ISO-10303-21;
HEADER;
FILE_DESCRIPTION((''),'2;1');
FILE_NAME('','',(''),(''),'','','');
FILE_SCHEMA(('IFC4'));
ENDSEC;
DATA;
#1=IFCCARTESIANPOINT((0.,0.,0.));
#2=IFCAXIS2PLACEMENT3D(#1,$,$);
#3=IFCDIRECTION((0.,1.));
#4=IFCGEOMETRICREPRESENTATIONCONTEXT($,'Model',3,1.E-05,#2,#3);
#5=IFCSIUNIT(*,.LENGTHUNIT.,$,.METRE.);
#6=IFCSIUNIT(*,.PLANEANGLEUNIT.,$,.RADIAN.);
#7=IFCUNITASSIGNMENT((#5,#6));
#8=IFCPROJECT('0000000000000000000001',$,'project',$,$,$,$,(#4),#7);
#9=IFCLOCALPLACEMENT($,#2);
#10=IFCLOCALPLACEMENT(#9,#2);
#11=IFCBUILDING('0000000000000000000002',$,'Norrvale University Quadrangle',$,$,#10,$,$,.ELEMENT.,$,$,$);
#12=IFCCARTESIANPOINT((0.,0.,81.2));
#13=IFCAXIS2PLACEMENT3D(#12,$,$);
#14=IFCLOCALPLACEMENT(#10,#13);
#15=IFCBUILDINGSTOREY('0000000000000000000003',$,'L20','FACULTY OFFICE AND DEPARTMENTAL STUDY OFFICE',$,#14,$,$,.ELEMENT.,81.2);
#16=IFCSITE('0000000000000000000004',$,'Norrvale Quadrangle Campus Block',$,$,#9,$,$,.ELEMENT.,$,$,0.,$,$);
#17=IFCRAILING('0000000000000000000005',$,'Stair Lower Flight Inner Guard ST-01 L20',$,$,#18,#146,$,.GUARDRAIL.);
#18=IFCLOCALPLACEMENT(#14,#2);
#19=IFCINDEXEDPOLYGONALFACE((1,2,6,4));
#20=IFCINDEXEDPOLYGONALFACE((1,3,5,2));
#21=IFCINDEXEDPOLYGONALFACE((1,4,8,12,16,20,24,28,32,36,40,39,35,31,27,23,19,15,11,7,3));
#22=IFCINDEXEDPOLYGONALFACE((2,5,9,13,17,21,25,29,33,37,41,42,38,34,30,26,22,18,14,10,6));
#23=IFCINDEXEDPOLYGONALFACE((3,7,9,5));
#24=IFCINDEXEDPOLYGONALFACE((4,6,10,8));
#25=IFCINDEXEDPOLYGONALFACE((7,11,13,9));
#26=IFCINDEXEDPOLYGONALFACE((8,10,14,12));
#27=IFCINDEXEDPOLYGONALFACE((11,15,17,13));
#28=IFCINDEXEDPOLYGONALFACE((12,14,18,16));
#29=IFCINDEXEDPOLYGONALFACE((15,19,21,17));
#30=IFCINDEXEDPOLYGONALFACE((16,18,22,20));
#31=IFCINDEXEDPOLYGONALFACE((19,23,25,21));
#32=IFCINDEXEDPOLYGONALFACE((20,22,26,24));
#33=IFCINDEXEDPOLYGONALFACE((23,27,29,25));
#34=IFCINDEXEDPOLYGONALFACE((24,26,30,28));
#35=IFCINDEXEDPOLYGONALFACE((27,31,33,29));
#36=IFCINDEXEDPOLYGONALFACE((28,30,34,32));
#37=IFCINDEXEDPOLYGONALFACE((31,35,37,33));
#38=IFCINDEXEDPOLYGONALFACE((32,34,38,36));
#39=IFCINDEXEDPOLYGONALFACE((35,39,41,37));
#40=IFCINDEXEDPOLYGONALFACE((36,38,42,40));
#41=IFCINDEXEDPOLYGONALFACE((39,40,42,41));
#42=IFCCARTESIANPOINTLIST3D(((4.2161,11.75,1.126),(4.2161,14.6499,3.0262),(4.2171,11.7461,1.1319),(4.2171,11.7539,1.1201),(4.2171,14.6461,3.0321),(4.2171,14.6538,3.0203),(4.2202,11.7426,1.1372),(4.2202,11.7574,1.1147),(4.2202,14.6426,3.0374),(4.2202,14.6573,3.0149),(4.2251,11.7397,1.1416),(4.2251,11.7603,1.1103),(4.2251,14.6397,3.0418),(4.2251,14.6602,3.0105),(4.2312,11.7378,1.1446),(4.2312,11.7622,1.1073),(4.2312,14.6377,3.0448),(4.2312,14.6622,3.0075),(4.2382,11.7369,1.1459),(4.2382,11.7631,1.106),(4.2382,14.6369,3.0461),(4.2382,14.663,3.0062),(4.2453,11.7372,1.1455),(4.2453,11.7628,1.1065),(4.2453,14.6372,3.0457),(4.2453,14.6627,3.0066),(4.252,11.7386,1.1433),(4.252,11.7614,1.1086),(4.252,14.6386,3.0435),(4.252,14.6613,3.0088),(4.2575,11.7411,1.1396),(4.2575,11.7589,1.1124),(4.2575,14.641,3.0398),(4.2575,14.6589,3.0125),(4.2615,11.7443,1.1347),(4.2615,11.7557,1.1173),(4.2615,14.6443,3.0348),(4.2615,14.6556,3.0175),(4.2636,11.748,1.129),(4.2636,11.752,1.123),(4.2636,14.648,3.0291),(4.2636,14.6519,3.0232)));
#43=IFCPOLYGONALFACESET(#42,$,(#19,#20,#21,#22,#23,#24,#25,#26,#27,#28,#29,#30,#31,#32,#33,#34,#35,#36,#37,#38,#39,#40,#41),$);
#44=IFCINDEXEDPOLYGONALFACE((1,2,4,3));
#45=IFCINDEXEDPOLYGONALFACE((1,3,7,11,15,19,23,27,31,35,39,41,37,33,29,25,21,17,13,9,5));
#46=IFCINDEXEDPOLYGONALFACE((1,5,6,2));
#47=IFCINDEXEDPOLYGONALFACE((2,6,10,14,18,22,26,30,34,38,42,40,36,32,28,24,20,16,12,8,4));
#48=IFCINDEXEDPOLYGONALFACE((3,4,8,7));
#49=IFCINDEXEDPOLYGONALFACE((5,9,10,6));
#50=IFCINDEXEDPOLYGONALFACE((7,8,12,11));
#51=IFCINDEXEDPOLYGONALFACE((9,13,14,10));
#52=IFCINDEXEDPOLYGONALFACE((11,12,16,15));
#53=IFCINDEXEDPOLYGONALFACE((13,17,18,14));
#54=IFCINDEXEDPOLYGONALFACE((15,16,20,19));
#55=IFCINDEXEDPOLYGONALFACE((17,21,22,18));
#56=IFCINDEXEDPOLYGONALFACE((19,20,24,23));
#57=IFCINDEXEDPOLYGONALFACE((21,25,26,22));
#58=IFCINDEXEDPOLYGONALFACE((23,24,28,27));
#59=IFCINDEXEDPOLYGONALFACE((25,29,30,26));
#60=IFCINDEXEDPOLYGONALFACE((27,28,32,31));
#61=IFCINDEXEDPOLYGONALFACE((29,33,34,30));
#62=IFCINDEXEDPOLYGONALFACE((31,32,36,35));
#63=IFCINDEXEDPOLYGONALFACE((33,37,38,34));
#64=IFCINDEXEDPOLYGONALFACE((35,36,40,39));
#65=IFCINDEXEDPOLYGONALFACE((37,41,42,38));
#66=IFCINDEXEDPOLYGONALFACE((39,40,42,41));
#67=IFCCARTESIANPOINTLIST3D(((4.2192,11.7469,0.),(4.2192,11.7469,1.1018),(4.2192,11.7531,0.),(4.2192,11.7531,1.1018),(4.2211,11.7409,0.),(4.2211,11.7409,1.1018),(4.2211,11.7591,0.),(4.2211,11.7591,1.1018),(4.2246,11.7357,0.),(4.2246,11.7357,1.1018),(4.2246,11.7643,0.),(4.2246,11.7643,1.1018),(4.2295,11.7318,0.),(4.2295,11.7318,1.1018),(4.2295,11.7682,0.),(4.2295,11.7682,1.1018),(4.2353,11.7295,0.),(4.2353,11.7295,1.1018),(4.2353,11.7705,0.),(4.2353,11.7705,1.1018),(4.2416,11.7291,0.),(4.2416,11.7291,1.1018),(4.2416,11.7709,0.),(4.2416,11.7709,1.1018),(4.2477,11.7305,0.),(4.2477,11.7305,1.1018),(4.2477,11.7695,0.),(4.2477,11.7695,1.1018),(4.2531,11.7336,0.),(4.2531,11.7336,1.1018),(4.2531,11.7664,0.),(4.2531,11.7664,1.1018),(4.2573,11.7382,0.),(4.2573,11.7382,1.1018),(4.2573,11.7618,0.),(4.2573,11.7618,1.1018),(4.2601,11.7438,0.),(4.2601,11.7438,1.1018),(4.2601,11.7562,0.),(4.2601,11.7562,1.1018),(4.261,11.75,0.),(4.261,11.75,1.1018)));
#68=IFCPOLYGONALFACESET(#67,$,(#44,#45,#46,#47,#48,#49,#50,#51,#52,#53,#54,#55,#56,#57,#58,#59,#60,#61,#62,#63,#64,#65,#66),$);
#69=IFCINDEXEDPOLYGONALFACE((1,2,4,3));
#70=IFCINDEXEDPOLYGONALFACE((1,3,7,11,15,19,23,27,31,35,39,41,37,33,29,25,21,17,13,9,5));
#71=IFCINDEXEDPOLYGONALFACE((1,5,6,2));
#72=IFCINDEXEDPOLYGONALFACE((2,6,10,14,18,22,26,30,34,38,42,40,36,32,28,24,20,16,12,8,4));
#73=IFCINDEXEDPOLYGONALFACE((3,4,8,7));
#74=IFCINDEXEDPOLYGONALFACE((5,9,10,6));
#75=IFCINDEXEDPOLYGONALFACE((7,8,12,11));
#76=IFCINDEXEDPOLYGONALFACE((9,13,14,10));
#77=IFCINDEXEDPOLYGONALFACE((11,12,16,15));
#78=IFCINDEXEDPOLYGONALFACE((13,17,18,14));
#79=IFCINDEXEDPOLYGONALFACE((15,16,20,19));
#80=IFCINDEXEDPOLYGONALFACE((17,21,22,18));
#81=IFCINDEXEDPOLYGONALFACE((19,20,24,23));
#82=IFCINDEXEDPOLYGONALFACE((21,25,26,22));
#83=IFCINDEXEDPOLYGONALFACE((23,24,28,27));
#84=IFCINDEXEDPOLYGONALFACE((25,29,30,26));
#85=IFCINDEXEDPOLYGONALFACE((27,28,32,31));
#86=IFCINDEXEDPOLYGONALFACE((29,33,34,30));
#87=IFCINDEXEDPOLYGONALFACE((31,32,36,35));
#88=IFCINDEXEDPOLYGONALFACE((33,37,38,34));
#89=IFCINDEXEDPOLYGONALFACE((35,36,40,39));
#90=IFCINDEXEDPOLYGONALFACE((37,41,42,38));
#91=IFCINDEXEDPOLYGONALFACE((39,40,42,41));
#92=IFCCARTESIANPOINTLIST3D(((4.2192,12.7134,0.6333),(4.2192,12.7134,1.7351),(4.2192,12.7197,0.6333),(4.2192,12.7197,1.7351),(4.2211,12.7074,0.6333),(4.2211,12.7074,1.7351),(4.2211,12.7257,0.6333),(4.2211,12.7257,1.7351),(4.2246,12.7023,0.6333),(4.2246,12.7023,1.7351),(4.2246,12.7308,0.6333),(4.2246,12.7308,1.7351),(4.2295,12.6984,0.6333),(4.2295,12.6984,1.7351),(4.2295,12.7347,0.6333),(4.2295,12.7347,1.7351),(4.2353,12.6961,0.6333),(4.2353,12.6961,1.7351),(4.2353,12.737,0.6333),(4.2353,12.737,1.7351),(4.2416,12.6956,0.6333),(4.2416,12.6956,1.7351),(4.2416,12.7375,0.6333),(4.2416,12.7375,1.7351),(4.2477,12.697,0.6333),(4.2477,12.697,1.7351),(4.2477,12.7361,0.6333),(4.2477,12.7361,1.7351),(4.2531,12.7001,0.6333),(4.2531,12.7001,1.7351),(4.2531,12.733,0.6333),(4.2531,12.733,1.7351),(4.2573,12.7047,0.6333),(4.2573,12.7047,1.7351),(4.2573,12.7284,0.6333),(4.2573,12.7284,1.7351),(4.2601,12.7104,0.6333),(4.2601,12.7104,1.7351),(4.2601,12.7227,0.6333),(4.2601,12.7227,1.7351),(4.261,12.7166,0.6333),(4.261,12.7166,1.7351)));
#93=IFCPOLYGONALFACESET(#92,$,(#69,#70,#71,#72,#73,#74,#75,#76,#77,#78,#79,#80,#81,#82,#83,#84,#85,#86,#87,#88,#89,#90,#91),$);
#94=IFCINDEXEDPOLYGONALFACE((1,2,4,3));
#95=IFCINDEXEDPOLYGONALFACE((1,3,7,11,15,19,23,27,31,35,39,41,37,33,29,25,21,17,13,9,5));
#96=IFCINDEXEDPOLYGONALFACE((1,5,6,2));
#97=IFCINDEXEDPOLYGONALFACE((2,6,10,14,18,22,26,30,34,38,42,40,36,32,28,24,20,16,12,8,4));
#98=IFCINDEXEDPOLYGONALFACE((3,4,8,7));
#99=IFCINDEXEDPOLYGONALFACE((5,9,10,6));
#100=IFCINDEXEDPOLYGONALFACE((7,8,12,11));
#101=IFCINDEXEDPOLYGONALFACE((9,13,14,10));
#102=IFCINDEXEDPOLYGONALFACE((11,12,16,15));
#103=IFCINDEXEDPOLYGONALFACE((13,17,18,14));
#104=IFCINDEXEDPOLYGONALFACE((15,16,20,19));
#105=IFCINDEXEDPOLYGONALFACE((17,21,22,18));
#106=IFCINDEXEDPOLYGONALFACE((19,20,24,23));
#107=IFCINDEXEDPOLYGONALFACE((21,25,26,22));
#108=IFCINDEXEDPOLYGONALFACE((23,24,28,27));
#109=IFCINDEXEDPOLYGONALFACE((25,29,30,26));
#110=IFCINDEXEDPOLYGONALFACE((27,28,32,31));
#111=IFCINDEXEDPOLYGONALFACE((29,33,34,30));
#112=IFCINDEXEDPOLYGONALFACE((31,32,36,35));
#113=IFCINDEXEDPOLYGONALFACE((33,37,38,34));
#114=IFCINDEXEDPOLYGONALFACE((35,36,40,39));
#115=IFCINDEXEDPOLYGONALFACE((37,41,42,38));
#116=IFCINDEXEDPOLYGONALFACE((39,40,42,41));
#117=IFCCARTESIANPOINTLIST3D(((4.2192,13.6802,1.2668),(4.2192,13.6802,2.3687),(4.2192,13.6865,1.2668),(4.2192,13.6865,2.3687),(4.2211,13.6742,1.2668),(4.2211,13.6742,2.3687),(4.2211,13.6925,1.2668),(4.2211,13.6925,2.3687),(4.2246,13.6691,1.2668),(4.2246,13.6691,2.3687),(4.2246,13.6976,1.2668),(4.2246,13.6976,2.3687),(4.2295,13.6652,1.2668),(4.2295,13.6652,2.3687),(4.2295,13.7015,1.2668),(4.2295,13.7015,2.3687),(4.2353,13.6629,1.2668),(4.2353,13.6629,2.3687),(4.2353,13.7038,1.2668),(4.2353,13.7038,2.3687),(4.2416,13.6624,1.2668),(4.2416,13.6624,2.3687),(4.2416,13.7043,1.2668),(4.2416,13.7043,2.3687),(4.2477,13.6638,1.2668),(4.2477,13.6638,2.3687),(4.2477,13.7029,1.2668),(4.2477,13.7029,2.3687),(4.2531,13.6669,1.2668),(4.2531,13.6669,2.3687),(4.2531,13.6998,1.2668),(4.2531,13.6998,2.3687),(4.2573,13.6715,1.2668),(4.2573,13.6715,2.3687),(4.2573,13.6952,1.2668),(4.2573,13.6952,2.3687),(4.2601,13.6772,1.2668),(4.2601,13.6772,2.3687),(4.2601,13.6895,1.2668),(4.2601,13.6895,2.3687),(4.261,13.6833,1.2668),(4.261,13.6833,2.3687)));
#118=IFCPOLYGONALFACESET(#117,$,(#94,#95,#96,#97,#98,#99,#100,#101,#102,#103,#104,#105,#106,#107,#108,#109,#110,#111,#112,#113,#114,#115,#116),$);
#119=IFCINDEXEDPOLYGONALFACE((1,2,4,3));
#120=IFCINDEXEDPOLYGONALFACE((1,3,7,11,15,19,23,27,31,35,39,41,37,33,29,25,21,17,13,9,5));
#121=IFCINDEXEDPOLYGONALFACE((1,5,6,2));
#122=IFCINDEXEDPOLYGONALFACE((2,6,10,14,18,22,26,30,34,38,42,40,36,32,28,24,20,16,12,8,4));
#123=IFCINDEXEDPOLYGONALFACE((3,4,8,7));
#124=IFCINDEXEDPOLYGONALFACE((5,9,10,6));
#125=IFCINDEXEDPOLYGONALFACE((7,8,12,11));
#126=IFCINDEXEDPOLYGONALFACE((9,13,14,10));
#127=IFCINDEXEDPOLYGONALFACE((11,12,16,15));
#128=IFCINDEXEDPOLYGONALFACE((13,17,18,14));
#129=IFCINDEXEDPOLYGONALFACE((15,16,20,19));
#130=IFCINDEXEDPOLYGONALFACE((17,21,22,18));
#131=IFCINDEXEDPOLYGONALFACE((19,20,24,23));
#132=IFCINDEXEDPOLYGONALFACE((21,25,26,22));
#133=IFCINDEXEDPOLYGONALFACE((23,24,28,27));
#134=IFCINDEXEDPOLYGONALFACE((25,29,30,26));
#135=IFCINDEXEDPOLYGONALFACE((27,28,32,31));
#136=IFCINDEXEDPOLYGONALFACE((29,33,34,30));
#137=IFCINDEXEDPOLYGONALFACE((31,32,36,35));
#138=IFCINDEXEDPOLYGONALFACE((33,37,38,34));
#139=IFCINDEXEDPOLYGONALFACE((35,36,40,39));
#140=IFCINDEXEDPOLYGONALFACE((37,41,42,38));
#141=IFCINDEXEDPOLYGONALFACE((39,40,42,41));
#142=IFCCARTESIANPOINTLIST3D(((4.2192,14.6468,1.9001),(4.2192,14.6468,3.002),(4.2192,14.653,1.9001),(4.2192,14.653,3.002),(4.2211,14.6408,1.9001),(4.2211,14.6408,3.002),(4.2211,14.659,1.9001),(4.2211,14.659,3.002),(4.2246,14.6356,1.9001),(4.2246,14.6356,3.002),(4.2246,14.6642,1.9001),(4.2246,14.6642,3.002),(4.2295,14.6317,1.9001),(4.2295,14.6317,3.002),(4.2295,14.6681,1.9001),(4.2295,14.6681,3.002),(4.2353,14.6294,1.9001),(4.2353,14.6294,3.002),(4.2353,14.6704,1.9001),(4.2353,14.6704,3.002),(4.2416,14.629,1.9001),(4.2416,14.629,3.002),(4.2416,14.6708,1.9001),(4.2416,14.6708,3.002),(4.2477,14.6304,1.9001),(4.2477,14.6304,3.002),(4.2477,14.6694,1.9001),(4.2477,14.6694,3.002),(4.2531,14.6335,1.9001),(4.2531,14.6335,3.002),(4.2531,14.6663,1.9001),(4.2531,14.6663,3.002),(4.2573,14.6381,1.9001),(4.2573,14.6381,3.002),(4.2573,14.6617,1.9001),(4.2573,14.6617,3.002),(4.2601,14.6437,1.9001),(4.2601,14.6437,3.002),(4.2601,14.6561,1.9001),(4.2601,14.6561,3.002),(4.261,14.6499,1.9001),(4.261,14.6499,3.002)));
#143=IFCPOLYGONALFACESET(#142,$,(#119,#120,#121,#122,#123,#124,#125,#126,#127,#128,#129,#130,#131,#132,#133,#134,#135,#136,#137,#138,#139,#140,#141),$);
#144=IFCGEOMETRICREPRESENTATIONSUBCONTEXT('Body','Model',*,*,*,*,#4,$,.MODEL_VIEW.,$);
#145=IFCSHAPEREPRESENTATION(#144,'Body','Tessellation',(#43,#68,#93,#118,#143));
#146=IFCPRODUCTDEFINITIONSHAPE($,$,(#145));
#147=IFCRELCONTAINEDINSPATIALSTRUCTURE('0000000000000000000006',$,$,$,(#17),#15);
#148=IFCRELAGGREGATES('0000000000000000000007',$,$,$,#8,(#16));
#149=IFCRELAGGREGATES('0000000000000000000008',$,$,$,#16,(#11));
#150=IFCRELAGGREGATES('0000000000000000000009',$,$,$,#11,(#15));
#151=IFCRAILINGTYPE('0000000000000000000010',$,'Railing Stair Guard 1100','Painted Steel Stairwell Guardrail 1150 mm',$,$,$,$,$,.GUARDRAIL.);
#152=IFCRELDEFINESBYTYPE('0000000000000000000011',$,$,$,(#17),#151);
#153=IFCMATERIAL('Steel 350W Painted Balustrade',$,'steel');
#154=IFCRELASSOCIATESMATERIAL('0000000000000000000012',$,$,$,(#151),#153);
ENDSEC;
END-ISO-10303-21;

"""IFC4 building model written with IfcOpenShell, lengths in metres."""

from ifc_helpers import new_model, si_unit, direction, frame, origin, origin_2d, place, context, subcontext, project, spatial, circle, extrude, material, type_object, element, save


model = new_model("IFC4")

# Units and contexts
model_context = context("Model", 3, precision=1e-05, world=origin(), true_north=direction((0.0, 1.0)))
body_context = subcontext(model_context, "Body", "Model", "MODEL_VIEW")
ifc_project = project(units=[si_unit("LENGTHUNIT", "METRE"), si_unit("PLANEANGLEUNIT", "RADIAN")], contexts=[model_context])

# Site, building, storey
site_placement = place(None, origin())
site = spatial("IfcSite", under=ifc_project, at=site_placement, Name="Norrvale Quadrangle Campus Block", CompositionType="ELEMENT", RefElevation=0.0)
building_placement = place(site_placement, origin())
building = spatial("IfcBuilding", under=site, at=building_placement, Name="Norrvale University Quadrangle", CompositionType="ELEMENT")
storey_placement = place(building_placement, frame((0.0, 0.0, 81.2)))
storey = spatial("IfcBuildingStorey", under=building, at=storey_placement, Name="L20", Description="FACULTY OFFICE AND DEPARTMENTAL STUDY OFFICE", CompositionType="ELEMENT", Elevation=81.2)

# Railing
ifc_material_1 = material(Name="Steel 350W Painted Balustrade", Category="steel")
railing_type_1 = type_object("IfcRailingType", Name="Railing Stair Guard 1100", Description="Painted Steel Stairwell Guardrail 1150 mm", PredefinedType="GUARDRAIL", material=ifc_material_1)
railing_1_placement = place(storey_placement, frame((4.24, 11.75, 0.0)))
element("IfcRailing", 1, at=railing_1_placement, inside=storey, type_object=railing_type_1, Name="Stair Lower Flight Inner Guard ST-01 L20", PredefinedType="GUARDRAIL", context=body_context, shape_type="SweptSolid", body=[
    extrude(circle(Radius=0.0239, at=origin_2d()), frame((0.0, 0.0, 1.126), z_axis=(0.0, 0.836433, 0.548069), x_axis=(-1.0, 0.0, 0.0)), (0.0, 0.0, 1.0), 3.467),
    extrude(circle(Radius=0.021, at=origin_2d()), origin(), (0.0, 0.0, 1.0), 1.1018),
    extrude(circle(Radius=0.021, at=origin_2d()), frame((0.0, 0.9666, 0.6333)), (0.0, 0.0, 1.0), 1.1018),
    extrude(circle(Radius=0.021, at=origin_2d()), frame((0.0, 1.9333, 1.2668)), (0.0, 0.0, 1.0), 1.1018),
    extrude(circle(Radius=0.021, at=origin_2d()), frame((0.0, 2.8999, 1.9001)), (0.0, 0.0, 1.0), 1.1018),
])

save(model, "model.ifc")
